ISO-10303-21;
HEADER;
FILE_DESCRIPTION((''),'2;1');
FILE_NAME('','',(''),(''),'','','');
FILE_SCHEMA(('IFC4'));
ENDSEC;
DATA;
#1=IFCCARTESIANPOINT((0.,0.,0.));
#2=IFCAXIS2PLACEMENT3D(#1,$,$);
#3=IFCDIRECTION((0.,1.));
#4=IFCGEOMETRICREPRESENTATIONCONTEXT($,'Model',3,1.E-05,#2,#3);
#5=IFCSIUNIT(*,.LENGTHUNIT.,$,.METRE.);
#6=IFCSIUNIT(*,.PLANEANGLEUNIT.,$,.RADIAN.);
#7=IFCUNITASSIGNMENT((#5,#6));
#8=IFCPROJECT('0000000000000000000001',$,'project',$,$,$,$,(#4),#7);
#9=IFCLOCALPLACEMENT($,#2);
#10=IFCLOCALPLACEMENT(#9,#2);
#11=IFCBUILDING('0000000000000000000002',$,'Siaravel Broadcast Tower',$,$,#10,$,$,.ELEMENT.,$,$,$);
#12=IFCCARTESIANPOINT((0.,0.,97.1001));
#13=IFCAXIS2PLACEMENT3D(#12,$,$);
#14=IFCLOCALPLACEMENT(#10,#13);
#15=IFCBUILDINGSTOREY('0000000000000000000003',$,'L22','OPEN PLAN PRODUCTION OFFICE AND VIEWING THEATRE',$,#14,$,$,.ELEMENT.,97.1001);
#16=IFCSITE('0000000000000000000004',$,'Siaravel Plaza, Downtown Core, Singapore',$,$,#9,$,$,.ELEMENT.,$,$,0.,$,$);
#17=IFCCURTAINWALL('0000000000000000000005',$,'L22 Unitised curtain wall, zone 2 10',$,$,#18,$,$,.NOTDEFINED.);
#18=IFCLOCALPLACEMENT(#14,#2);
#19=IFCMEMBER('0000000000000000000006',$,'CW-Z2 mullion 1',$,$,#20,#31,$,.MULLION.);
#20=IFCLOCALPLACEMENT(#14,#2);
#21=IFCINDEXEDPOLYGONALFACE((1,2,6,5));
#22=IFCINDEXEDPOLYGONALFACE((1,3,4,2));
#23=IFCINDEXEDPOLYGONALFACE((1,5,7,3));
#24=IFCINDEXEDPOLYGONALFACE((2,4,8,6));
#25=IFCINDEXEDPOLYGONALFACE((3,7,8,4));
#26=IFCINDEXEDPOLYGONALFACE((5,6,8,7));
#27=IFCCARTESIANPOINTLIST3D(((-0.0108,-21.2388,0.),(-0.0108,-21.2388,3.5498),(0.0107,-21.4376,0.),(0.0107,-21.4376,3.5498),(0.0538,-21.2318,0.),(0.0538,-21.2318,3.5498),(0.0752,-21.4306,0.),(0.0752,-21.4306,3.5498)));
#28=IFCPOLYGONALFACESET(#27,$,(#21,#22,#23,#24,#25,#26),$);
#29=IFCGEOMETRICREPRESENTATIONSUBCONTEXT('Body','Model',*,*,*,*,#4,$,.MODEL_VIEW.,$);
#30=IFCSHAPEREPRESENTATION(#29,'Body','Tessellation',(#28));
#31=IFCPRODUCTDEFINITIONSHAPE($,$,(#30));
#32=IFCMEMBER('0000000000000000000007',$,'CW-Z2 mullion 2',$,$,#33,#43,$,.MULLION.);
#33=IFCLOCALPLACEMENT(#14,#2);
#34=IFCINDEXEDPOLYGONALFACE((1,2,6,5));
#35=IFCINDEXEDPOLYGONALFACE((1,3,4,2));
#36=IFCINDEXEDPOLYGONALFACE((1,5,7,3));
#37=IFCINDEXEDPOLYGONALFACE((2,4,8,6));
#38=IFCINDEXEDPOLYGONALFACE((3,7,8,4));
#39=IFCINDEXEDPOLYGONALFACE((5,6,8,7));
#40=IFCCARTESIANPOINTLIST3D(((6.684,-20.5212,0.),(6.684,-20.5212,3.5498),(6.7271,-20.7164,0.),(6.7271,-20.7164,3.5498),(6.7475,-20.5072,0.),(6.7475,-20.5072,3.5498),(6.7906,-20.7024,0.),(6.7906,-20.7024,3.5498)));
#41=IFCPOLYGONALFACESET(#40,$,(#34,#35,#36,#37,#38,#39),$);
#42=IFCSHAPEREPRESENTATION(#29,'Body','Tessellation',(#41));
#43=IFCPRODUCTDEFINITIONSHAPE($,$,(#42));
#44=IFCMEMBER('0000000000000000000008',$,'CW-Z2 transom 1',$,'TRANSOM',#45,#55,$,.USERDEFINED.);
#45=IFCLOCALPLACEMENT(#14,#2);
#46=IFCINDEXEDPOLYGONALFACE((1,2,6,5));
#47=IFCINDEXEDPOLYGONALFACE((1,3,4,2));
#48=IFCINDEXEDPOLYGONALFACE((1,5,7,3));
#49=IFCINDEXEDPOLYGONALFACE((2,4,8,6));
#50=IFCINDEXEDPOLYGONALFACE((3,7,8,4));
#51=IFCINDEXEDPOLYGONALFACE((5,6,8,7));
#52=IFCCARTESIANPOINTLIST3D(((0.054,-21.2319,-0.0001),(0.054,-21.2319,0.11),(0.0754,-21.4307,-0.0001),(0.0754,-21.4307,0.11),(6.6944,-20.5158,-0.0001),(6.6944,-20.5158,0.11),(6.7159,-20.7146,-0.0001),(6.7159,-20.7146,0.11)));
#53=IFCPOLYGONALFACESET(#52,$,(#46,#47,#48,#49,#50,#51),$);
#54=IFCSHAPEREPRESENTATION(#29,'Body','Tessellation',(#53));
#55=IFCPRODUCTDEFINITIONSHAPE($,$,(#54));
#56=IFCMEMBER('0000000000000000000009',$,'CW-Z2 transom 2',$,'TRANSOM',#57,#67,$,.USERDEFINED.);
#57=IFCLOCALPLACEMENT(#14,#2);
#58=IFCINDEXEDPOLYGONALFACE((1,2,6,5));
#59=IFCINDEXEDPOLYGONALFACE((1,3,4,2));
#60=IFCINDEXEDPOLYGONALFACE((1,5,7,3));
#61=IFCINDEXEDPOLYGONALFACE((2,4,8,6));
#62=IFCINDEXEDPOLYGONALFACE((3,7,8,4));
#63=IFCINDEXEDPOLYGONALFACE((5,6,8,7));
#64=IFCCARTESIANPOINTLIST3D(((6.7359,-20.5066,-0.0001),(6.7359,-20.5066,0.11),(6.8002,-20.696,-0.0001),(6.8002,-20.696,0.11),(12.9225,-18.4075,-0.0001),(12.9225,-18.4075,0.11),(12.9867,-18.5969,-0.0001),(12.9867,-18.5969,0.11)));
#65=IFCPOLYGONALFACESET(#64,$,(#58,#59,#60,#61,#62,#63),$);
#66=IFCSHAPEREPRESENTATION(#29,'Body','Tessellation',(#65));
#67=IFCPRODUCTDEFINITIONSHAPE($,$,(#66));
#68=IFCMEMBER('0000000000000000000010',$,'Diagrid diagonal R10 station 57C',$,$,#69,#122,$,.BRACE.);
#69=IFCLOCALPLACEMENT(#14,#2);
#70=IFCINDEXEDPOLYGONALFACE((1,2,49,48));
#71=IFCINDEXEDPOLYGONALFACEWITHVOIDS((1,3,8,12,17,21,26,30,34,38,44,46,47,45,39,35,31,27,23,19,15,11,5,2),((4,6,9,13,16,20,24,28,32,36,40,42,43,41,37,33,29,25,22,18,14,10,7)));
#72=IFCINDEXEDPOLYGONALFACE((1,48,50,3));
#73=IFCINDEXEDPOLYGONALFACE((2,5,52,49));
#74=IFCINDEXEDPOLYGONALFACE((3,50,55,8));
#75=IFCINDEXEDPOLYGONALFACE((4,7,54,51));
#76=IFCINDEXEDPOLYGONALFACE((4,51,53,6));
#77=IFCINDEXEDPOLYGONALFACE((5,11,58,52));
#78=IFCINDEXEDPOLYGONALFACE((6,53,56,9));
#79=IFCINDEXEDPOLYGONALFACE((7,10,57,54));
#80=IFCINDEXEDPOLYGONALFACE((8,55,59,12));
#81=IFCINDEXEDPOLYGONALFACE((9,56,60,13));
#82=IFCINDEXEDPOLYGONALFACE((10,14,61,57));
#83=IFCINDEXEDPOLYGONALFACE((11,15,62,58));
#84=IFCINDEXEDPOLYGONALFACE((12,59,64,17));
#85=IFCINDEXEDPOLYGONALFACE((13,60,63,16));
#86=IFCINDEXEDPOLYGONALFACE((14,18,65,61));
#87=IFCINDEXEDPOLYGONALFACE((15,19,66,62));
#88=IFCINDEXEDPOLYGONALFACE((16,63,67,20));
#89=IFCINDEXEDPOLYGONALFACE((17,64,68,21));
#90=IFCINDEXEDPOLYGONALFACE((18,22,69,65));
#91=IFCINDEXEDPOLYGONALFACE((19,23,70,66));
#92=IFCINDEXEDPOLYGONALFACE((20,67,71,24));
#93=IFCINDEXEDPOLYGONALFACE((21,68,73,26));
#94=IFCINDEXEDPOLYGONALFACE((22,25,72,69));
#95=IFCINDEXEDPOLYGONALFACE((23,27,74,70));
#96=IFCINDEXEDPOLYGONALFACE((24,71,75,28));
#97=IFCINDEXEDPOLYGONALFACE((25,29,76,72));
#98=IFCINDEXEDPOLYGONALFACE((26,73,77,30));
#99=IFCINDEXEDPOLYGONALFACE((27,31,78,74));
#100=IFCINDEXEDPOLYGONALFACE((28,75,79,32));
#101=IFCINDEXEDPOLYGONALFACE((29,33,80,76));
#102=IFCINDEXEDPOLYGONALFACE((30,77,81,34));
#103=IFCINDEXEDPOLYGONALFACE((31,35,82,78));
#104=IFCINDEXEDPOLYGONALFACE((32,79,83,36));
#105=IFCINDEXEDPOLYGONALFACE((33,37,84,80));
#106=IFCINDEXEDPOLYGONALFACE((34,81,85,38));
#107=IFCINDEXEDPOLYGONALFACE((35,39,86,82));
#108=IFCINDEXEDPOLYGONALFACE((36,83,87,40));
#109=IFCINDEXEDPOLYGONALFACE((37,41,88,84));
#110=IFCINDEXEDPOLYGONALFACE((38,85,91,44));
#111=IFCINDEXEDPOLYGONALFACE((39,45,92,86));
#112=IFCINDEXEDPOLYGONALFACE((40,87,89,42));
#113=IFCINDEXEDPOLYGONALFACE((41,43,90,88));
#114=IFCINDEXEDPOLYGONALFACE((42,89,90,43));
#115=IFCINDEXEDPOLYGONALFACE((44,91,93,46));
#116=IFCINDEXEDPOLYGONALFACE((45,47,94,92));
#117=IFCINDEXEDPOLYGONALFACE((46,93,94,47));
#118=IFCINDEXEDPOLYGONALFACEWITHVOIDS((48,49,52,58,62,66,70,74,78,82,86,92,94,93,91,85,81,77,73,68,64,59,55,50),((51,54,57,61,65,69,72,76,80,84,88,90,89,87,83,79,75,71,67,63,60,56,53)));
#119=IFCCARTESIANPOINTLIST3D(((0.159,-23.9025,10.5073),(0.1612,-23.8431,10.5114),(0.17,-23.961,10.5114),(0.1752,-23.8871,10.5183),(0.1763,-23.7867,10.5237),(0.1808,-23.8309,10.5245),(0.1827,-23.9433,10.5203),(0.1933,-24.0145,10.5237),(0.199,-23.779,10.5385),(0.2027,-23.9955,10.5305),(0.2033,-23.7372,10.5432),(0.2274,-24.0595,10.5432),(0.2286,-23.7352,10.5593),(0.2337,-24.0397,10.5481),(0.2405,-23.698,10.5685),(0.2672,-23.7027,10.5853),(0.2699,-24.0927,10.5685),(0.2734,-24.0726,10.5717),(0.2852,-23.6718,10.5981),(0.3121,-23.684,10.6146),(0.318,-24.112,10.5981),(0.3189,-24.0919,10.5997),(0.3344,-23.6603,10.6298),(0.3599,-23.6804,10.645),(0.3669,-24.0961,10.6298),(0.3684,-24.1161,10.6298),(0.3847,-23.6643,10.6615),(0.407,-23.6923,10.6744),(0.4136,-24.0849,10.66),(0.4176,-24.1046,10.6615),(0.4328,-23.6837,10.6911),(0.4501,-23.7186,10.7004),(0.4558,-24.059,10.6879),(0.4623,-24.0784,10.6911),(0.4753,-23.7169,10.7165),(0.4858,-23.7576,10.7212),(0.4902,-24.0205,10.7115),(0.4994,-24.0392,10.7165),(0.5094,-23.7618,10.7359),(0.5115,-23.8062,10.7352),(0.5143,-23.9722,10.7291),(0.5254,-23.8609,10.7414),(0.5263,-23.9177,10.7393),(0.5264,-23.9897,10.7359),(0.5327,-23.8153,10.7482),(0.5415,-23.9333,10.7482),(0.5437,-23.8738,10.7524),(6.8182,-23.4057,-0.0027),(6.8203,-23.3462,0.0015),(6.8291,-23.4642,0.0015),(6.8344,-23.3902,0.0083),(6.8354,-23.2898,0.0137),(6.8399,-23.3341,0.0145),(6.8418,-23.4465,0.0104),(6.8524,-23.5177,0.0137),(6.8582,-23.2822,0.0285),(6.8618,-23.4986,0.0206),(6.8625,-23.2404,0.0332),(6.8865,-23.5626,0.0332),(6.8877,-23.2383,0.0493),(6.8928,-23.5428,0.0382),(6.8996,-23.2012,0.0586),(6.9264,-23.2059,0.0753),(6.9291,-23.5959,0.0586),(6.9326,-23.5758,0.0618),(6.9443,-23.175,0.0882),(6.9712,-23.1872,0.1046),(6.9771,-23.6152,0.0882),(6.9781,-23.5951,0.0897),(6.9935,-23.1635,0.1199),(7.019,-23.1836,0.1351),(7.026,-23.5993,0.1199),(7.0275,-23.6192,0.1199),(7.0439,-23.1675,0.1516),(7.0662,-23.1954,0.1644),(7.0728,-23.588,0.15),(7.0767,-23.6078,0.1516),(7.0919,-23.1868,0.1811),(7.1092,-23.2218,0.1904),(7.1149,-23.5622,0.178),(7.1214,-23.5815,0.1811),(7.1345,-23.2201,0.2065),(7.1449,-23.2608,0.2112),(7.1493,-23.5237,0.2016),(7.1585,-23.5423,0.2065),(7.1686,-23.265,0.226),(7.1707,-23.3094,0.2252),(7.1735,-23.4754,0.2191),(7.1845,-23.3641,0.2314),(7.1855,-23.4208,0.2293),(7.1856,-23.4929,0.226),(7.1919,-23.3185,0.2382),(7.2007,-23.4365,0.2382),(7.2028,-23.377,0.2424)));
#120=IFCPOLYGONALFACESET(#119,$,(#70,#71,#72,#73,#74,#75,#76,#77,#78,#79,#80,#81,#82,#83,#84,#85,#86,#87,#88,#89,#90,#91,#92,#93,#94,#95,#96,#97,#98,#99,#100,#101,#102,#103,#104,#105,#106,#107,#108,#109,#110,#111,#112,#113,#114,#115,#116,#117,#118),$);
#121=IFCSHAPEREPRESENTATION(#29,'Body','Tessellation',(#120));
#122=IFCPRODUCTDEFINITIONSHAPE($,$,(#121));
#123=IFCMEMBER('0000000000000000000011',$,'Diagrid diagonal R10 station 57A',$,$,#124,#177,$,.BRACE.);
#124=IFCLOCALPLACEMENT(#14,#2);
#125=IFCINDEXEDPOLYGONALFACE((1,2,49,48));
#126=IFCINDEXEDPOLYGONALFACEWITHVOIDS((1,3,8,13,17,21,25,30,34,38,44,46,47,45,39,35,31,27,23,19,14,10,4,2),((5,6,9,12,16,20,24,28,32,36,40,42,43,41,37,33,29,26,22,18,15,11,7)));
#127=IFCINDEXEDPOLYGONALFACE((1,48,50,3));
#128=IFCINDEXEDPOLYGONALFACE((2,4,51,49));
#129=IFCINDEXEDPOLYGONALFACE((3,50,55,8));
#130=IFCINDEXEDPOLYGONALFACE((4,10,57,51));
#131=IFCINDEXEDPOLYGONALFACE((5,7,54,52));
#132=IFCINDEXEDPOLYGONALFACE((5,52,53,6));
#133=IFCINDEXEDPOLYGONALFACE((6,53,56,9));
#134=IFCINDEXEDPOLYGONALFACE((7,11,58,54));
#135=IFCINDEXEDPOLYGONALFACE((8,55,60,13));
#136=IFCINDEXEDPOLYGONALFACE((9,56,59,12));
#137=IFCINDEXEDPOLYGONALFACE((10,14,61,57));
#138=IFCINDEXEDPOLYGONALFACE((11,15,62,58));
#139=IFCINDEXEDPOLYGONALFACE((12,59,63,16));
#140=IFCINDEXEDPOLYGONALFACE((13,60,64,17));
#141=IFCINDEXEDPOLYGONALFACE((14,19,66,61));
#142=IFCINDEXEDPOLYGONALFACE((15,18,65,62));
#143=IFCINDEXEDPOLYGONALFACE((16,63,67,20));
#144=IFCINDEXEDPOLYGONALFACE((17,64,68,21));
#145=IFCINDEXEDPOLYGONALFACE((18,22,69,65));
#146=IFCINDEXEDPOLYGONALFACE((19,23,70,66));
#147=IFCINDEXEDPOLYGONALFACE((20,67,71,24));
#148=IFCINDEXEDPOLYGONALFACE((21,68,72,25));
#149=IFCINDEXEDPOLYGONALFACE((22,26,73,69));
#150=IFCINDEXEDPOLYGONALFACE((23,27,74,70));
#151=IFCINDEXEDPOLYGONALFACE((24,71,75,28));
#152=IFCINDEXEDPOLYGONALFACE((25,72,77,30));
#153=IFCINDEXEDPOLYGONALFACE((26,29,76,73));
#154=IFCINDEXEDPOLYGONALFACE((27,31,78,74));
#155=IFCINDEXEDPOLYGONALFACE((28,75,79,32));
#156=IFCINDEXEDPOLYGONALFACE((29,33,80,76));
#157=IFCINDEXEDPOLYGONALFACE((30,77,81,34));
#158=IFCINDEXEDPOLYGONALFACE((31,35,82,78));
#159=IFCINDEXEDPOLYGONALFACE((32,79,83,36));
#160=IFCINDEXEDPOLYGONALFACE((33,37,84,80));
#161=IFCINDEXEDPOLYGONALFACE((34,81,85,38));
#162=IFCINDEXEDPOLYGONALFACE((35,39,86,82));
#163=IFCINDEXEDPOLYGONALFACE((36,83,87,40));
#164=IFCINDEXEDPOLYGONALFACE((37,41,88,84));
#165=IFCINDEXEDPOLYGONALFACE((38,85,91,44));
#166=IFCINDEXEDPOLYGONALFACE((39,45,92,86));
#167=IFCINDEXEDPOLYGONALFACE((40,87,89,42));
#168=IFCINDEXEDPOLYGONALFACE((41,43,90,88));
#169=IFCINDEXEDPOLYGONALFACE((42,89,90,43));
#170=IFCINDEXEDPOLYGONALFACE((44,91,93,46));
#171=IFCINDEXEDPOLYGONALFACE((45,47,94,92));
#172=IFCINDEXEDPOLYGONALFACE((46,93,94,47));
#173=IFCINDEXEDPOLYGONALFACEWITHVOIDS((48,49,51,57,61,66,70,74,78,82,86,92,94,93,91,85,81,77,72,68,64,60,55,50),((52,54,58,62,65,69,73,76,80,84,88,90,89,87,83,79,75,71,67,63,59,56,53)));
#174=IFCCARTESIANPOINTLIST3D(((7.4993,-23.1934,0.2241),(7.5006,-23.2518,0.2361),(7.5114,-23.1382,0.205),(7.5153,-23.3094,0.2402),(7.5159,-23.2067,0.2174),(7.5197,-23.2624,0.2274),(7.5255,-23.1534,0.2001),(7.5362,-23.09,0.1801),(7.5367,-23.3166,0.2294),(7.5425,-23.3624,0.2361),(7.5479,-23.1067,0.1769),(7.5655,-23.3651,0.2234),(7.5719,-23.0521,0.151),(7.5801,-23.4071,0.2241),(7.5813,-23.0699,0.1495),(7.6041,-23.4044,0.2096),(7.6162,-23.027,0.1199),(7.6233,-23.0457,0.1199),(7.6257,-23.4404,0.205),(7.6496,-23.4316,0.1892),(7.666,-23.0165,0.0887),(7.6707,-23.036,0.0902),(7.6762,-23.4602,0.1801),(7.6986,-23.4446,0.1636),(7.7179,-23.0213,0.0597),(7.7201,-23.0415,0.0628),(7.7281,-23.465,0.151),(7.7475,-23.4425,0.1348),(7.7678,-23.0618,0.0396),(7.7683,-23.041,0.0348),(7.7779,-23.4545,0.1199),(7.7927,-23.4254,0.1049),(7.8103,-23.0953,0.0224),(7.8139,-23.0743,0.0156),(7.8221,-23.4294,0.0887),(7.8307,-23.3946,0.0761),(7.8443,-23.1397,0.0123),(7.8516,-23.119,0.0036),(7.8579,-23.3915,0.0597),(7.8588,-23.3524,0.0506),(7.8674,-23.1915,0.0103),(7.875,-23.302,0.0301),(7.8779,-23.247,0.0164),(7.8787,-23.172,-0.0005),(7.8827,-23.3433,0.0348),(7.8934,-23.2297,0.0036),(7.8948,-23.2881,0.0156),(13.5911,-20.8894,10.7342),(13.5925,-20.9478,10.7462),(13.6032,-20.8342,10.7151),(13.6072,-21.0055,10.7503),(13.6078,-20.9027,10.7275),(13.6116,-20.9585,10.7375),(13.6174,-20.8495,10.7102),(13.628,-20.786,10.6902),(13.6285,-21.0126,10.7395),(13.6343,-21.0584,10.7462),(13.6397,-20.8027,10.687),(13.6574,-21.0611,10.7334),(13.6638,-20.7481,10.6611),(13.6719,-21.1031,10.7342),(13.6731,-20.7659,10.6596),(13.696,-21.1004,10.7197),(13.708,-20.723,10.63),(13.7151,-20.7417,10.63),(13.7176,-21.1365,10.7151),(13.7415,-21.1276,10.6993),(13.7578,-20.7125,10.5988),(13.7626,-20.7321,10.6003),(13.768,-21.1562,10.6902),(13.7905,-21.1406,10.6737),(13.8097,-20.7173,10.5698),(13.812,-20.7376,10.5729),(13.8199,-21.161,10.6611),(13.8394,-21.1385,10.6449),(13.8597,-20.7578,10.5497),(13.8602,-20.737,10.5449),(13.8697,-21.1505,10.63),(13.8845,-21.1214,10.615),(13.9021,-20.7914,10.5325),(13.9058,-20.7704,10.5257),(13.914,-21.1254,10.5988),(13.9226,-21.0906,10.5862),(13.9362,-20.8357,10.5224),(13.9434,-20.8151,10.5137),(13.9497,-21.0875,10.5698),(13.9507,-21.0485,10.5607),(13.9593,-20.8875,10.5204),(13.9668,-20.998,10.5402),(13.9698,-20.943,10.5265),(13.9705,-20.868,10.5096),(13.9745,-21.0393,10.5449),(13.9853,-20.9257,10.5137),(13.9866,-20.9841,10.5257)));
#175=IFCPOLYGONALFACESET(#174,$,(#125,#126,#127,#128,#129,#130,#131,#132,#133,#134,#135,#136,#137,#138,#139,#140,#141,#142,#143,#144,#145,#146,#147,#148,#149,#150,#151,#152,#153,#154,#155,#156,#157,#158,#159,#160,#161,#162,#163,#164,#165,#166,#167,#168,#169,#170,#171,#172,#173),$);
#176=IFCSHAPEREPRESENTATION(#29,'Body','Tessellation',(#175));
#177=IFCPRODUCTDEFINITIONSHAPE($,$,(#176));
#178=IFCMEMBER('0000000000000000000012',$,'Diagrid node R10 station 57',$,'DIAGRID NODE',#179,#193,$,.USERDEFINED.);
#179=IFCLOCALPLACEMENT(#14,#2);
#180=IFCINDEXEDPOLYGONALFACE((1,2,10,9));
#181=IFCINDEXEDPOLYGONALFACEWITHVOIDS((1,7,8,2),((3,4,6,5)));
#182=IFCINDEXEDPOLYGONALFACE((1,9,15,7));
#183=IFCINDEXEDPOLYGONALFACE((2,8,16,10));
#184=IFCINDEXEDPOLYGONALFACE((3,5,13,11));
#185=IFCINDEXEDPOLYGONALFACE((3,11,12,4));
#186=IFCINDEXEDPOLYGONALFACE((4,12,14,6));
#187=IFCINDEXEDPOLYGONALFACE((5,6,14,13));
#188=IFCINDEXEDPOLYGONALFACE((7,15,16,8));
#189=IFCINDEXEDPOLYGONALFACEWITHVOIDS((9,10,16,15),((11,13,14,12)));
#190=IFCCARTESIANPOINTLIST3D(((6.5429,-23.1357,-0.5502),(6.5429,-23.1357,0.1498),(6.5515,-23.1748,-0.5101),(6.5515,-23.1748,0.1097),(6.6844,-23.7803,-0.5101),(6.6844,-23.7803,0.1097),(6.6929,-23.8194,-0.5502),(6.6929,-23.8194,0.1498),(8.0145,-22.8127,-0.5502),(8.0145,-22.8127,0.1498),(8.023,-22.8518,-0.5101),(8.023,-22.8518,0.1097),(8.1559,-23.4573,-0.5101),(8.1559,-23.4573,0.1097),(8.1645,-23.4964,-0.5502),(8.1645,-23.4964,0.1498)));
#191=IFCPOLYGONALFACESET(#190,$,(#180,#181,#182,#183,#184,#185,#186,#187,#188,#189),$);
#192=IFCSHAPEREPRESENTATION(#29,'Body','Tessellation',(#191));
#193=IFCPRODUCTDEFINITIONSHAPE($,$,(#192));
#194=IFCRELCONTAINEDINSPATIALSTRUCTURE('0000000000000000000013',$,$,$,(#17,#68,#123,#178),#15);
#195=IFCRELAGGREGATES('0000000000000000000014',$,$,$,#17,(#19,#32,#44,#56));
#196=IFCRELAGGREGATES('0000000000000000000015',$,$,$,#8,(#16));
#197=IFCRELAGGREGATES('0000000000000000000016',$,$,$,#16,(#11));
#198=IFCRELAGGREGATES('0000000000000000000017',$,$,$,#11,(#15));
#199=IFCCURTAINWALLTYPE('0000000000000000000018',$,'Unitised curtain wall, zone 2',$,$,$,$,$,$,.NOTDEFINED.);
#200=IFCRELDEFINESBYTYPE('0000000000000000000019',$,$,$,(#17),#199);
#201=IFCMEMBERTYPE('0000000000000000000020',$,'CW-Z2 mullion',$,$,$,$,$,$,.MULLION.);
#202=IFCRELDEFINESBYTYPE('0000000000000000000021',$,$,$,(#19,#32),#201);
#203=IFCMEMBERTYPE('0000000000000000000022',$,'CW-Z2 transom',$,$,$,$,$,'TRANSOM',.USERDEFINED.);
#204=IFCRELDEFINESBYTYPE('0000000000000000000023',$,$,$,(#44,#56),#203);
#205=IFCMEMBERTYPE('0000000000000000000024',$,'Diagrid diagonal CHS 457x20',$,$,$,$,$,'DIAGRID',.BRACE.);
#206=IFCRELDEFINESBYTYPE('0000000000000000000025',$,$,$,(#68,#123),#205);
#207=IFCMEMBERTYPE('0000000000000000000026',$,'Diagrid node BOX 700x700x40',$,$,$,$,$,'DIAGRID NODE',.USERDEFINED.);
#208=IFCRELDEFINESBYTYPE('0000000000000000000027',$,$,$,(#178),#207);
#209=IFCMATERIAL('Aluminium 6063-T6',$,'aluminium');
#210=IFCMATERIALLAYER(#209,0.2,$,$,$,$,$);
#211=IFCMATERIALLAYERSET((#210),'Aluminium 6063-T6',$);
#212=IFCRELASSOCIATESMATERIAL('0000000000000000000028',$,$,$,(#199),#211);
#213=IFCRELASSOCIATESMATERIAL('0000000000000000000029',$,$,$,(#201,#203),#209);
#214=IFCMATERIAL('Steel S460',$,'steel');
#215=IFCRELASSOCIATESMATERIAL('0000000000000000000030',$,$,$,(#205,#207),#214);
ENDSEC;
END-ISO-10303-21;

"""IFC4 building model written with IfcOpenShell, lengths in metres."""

from ifc_helpers import new_model, si_unit, direction, frame, origin, origin_2d, place, context, subcontext, project, spatial, rectangle, hollow_rectangle, hollow_circle, extrude, material, layer, layer_set, material_profile, profile_set, type_object, element, aggregate, save


model = new_model("IFC4")

# Units and contexts
model_context = context("Model", 3, precision=1e-05, world=origin(), true_north=direction((0.0, 1.0)))
body_context = subcontext(model_context, "Body", "Model", "MODEL_VIEW")
ifc_project = project(units=[si_unit("LENGTHUNIT", "METRE"), si_unit("PLANEANGLEUNIT", "RADIAN")], contexts=[model_context])

# Site, building, storey
site_placement = place(None, origin())
site = spatial("IfcSite", under=ifc_project, at=site_placement, Name="Siaravel Plaza, Downtown Core, Singapore", CompositionType="ELEMENT", RefElevation=0.0)
building_placement = place(site_placement, origin())
building = spatial("IfcBuilding", under=site, at=building_placement, Name="Siaravel Broadcast Tower", CompositionType="ELEMENT")
storey_placement = place(building_placement, frame((0.0, 0.0, 97.1001)))
storey = spatial("IfcBuildingStorey", under=building, at=storey_placement, Name="L22", Description="OPEN PLAN PRODUCTION OFFICE AND VIEWING THEATRE", CompositionType="ELEMENT", Elevation=97.1001)

# Curtain wall, members
ifc_material_1 = material(Name="Aluminium 6063-T6", Category="aluminium")
ifc_layer_1 = layer(ifc_material_1, 0.2)
ifc_layer_set_1 = layer_set([ifc_layer_1], Name="Aluminium 6063-T6")
curtain_wall_type = type_object("IfcCurtainWallType", Name="Unitised curtain wall, zone 2", PredefinedType="NOTDEFINED", material=ifc_layer_set_1)
curtain_wall_placement = place(storey_placement, origin())
curtain_wall = element("IfcCurtainWall", 1, at=curtain_wall_placement, inside=storey, type_object=curtain_wall_type, Name="L22 Unitised curtain wall, zone 2 10", PredefinedType="NOTDEFINED")
ifc_material_profile_1 = material_profile(ifc_material_1, rectangle(XDim=0.2, YDim=0.0649, at=origin_2d()))
ifc_profile_set_1 = profile_set([ifc_material_profile_1], Name="Aluminium 6063-T6")
member_type_1 = type_object("IfcMemberType", Name="CW-Z2 mullion", PredefinedType="MULLION", material=ifc_profile_set_1)
member_1_placement = place(storey_placement, frame((0.0322, -21.3347, 0.0), z_axis=(0.0, 0.0, 1.0), x_axis=(-0.107217, 0.994236, 0.0)))
member_1 = element("IfcMember", 2, at=member_1_placement, type_object=member_type_1, Name="CW-Z2 mullion 1", PredefinedType="MULLION", context=body_context, shape_type="SweptSolid", body=[
    extrude(rectangle(XDim=0.2, YDim=0.0649, at=origin_2d()), origin(), (0.0, 0.0, 1.0), 3.5498),
])
member_2_placement = place(storey_placement, frame((6.7373, -20.6118, 0.0), z_axis=(0.0, 0.0, 1.0), x_axis=(-0.215558, 0.976491, 0.0)))
member_2 = element("IfcMember", 3, at=member_2_placement, type_object=member_type_1, Name="CW-Z2 mullion 2", PredefinedType="MULLION", context=body_context, shape_type="SweptSolid", body=[
    extrude(rectangle(XDim=0.2, YDim=0.0649, at=origin_2d()), origin(), (0.0, 0.0, 1.0), 3.5498),
])
ifc_material_profile_2 = material_profile(ifc_material_1, rectangle(XDim=0.2, YDim=0.1101, at=origin_2d()))
ifc_profile_set_2 = profile_set([ifc_material_profile_2], Name="Aluminium 6063-T6")
member_type_2 = type_object("IfcMemberType", Name="CW-Z2 transom", ElementType="TRANSOM", PredefinedType="USERDEFINED", material=ifc_profile_set_2)
member_3_placement = place(storey_placement, frame((0.0647, -21.3313, 0.0549), z_axis=(0.994236, 0.107213, 0.0), x_axis=(-0.107213, 0.994236, 0.0)))
member_3 = element("IfcMember", 4, at=member_3_placement, type_object=member_type_2, Name="CW-Z2 transom 1", ObjectType="TRANSOM", PredefinedType="USERDEFINED", context=body_context, shape_type="SweptSolid", body=[
    extrude(rectangle(XDim=0.2, YDim=0.1101, at=origin_2d()), origin(), (0.0, 0.0, 1.0), 6.679),
])
member_4_placement = place(storey_placement, frame((6.7681, -20.6013, 0.0549), z_axis=(0.946973, 0.321313, 0.0), x_axis=(-0.321313, 0.946973, 0.0)))
member_4 = element("IfcMember", 5, at=member_4_placement, type_object=member_type_2, Name="CW-Z2 transom 2", ObjectType="TRANSOM", PredefinedType="USERDEFINED", context=body_context, shape_type="SweptSolid", body=[
    extrude(rectangle(XDim=0.2, YDim=0.1101, at=origin_2d()), origin(), (0.0, 0.0, 1.0), 6.533),
])

# Members
ifc_material_2 = material(Name="Steel S460", Category="steel")
ifc_material_profile_3 = material_profile(ifc_material_2, hollow_circle(Radius=0.2285, WallThickness=0.02, at=origin_2d()))
ifc_profile_set_3 = profile_set([ifc_material_profile_3], Name="Steel S460")
member_type_3 = type_object("IfcMemberType", Name="Diagrid diagonal CHS 457x20", ElementType="DIAGRID", PredefinedType="BRACE", material=ifc_profile_set_3)
member_5_placement = place(storey_placement, frame((7.0105, -23.3914, 0.1199), z_axis=(-0.534789, -0.039899, 0.844043), x_axis=(0.074401, -0.997228, 0.0)))
element("IfcMember", 6, at=member_5_placement, inside=storey, type_object=member_type_3, Name="Diagrid diagonal R10 station 57C", PredefinedType="BRACE", context=body_context, shape_type="SweptSolid", body=[
    extrude(hollow_circle(Radius=0.2285, WallThickness=0.02, at=origin_2d()), origin(), (0.0, 0.0, 1.0), 12.4519),
])
member_6_placement = place(storey_placement, frame((7.697, -23.2407, 0.1199), z_axis=(0.492688, 0.186338, 0.850021), x_axis=(-0.353751, 0.93534, 0.0)))
element("IfcMember", 7, at=member_6_placement, inside=storey, type_object=member_type_3, Name="Diagrid diagonal R10 station 57A", PredefinedType="BRACE", context=body_context, shape_type="SweptSolid", body=[
    extrude(hollow_circle(Radius=0.2285, WallThickness=0.02, at=origin_2d()), origin(), (0.0, 0.0, 1.0), 12.3645),
])
ifc_material_profile_4 = material_profile(ifc_material_2, hollow_rectangle(XDim=0.7, YDim=0.7, WallThickness=0.04, at=origin_2d()))
ifc_profile_set_4 = profile_set([ifc_material_profile_4], Name="Steel S460")
member_type_4 = type_object("IfcMemberType", Name="Diagrid node BOX 700x700x40", ElementType="DIAGRID NODE", PredefinedType="USERDEFINED", material=ifc_profile_set_4)
member_7_placement = place(storey_placement, frame((6.6179, -23.4775, -0.2002), z_axis=(0.976752, 0.214373, 0.0), x_axis=(-0.214373, 0.976752, 0.0)))
element("IfcMember", 8, at=member_7_placement, inside=storey, type_object=member_type_4, Name="Diagrid node R10 station 57", ObjectType="DIAGRID NODE", PredefinedType="USERDEFINED", context=body_context, shape_type="SweptSolid", body=[
    extrude(hollow_rectangle(XDim=0.7, YDim=0.7, WallThickness=0.04, at=origin_2d()), origin(), (0.0, 0.0, 1.0), 1.5066),
])

aggregate(curtain_wall, [member_1, member_2, member_3, member_4])

save(model, "model.ifc")
